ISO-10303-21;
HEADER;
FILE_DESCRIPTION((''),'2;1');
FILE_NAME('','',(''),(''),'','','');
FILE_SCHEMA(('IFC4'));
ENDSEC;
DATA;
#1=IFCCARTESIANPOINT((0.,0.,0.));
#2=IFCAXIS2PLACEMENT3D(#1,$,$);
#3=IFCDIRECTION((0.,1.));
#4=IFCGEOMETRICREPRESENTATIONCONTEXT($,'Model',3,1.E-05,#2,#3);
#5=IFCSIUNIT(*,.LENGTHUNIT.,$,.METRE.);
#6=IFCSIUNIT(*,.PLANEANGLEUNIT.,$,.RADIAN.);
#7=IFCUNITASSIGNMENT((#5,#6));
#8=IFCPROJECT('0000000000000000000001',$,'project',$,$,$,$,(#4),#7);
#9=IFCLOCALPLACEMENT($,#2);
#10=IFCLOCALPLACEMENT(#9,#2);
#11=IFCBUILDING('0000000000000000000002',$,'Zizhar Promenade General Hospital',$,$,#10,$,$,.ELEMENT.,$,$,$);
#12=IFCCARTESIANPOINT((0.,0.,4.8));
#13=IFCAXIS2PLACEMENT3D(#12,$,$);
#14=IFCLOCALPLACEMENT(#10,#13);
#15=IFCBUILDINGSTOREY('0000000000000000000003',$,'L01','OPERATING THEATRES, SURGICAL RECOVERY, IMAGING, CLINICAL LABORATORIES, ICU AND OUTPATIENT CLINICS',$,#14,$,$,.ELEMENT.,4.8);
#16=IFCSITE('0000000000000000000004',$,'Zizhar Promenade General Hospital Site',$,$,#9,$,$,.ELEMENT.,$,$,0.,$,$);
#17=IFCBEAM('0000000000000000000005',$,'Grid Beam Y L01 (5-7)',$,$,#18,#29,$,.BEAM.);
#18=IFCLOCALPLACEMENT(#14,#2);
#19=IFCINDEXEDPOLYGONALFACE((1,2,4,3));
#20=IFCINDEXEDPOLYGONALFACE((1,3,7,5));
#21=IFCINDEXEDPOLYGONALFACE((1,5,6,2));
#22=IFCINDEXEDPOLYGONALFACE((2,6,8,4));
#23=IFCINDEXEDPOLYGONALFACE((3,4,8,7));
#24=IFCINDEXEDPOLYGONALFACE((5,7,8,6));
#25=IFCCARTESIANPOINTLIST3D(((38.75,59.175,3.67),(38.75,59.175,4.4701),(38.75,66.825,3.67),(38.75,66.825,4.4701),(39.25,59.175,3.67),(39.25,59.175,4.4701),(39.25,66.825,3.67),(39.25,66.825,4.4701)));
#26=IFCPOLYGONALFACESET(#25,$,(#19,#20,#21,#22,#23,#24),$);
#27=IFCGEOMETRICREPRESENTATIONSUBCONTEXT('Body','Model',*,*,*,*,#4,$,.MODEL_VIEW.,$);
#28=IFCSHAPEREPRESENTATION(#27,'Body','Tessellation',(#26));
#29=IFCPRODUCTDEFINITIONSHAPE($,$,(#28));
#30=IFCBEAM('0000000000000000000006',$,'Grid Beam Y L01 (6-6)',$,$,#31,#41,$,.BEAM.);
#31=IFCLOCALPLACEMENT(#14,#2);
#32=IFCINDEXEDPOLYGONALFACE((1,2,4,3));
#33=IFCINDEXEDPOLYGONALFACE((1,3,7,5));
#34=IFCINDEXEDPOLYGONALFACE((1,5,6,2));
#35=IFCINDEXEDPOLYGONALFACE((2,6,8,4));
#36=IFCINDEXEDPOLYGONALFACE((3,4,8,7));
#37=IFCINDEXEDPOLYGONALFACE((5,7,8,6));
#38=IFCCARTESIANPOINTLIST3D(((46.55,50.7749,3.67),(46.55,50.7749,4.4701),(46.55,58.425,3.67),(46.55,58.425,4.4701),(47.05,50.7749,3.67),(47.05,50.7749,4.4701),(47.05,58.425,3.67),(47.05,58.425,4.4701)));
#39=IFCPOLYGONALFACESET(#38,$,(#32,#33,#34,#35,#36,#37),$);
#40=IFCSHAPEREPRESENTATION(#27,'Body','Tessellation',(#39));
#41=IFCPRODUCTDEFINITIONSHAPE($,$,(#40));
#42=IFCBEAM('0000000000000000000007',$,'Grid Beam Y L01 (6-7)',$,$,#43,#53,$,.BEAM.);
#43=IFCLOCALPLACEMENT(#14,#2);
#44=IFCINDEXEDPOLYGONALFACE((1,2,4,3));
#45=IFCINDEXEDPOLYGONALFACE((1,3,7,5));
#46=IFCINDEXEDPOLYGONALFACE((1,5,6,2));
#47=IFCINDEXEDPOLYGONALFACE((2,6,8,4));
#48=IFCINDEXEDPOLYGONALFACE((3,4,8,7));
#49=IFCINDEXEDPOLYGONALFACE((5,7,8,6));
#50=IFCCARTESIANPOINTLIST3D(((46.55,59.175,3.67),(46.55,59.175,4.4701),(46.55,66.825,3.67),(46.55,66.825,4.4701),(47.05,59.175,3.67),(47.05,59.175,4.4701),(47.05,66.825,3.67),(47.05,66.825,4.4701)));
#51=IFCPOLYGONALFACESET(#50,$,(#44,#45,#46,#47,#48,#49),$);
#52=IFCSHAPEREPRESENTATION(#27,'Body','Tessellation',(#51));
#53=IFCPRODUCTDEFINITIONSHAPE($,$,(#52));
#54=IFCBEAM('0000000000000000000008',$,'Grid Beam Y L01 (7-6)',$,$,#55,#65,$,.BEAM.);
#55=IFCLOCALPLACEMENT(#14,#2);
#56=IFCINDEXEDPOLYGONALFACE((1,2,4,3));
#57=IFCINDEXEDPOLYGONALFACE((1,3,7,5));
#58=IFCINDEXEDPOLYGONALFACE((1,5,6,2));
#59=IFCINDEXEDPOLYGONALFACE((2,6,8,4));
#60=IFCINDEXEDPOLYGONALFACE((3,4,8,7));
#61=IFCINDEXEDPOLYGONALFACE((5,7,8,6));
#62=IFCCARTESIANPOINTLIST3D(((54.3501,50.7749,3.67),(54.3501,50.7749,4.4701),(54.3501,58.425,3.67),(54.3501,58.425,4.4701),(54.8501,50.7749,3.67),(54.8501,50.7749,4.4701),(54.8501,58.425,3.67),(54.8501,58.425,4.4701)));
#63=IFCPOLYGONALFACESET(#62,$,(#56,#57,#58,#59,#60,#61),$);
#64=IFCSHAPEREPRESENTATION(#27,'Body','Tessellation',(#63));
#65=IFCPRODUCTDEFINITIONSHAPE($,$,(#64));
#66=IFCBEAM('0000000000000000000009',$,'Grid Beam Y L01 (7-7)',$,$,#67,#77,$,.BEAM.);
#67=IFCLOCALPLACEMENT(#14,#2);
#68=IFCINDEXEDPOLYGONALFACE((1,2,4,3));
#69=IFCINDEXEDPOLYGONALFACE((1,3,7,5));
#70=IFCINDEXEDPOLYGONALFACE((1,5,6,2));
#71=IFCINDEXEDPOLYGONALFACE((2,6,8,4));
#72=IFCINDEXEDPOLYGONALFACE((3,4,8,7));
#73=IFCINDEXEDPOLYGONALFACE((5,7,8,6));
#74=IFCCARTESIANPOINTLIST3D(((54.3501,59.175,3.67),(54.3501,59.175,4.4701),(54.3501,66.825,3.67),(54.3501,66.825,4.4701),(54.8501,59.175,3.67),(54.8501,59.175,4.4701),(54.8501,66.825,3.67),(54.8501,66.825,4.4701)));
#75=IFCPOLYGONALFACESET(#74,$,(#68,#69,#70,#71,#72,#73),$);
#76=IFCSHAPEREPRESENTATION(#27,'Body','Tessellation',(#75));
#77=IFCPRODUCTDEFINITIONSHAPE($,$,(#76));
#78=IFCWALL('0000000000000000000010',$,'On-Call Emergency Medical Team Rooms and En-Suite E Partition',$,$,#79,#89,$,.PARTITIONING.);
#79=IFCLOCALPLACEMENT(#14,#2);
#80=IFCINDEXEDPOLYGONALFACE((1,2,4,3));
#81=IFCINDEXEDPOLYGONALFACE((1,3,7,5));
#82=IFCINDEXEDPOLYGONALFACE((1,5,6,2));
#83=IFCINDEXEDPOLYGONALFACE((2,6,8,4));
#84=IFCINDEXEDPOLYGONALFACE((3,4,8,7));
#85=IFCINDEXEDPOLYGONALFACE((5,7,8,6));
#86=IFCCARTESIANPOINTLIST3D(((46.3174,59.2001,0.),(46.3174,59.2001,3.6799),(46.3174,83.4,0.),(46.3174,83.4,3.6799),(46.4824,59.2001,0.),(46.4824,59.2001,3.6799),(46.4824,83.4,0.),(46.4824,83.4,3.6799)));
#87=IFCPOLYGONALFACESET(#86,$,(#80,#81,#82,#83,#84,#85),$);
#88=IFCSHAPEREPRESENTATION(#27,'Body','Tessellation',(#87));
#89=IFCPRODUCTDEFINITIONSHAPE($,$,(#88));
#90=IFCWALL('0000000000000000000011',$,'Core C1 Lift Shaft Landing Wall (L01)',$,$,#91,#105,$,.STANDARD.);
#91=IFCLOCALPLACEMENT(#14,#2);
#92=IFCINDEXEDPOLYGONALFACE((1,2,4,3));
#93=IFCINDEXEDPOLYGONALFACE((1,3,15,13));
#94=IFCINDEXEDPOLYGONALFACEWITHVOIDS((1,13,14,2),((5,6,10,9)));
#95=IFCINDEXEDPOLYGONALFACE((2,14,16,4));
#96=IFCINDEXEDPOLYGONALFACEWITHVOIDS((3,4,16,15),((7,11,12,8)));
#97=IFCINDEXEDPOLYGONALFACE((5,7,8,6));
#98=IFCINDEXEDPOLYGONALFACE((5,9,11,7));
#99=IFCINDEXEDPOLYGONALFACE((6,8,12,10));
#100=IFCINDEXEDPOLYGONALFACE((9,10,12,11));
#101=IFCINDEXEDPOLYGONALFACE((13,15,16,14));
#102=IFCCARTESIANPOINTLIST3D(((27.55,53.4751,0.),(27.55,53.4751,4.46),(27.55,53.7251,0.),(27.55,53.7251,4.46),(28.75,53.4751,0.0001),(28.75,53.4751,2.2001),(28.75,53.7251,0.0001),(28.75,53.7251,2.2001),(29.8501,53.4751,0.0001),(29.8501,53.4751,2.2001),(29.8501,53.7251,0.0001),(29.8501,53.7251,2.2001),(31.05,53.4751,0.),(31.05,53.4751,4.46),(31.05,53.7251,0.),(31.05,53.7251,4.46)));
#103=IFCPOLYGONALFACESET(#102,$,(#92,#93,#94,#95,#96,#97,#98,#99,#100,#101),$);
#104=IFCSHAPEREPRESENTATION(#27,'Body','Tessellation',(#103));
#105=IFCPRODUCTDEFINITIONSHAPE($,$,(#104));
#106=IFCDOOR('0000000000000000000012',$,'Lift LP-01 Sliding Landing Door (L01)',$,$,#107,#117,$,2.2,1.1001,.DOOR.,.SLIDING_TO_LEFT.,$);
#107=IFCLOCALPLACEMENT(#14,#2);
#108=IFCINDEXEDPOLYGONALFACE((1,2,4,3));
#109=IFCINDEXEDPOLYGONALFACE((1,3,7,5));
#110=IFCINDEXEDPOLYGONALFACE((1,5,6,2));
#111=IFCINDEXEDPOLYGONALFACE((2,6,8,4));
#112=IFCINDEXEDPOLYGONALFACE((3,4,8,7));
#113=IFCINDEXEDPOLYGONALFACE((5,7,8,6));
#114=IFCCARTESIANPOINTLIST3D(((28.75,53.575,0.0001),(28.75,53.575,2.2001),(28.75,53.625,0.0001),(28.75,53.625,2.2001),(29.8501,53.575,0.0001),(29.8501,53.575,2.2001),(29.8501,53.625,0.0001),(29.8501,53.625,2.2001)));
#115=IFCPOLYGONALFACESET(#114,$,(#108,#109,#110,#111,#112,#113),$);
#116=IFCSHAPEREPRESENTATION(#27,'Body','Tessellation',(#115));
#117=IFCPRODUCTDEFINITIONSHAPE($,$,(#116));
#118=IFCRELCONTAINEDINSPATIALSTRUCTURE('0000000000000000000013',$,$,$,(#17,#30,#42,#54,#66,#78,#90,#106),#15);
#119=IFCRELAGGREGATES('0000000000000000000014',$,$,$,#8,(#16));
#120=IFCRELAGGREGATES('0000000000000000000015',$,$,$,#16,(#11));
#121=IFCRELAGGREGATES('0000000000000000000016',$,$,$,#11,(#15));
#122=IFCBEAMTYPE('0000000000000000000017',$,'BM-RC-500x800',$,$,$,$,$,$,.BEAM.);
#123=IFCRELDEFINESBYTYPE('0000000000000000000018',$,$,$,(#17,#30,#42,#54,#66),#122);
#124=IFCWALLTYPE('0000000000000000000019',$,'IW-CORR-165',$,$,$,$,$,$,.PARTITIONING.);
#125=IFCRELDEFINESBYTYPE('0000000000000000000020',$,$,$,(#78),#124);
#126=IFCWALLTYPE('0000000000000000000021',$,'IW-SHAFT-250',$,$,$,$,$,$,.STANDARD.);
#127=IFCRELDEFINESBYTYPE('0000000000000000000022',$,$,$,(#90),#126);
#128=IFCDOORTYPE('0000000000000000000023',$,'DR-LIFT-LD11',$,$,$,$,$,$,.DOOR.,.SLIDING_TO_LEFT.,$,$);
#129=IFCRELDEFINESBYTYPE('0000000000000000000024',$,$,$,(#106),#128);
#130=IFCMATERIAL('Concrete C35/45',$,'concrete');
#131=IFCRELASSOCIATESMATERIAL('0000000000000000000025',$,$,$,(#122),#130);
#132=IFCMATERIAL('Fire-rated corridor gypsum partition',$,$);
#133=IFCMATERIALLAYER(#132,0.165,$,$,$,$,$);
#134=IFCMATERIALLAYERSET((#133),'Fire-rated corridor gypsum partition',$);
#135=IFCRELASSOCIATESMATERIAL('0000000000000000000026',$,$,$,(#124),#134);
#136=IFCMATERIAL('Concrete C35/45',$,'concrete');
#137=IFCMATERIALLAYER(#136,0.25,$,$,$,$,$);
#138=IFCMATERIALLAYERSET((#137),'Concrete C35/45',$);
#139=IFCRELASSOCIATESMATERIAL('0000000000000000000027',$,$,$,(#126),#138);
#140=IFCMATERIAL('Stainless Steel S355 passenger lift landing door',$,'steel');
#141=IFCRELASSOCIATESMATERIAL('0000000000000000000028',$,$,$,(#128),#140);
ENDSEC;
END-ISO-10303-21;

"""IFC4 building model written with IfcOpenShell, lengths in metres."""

from ifc_helpers import new_model, si_unit, direction, frame, frame_2d, origin, origin_2d, place, context, subcontext, project, spatial, rectangle, extrude, material, layer, layer_set, material_profile, profile_set, type_object, element, fill, save


model = new_model("IFC4")

# Units and contexts
model_context = context("Model", 3, precision=1e-05, world=origin(), true_north=direction((0.0, 1.0)))
body_context = subcontext(model_context, "Body", "Model", "MODEL_VIEW")
ifc_project = project(units=[si_unit("LENGTHUNIT", "METRE"), si_unit("PLANEANGLEUNIT", "RADIAN")], contexts=[model_context])

# Site, building, storey
site_placement = place(None, origin())
site = spatial("IfcSite", under=ifc_project, at=site_placement, Name="Zizhar Promenade General Hospital Site", CompositionType="ELEMENT", RefElevation=0.0)
building_placement = place(site_placement, origin())
building = spatial("IfcBuilding", under=site, at=building_placement, Name="Zizhar Promenade General Hospital", CompositionType="ELEMENT")
storey_placement = place(building_placement, frame((0.0, 0.0, 4.8)))
storey = spatial("IfcBuildingStorey", under=building, at=storey_placement, Name="L01", Description="OPERATING THEATRES, SURGICAL RECOVERY, IMAGING, CLINICAL LABORATORIES, ICU AND OUTPATIENT CLINICS", CompositionType="ELEMENT", Elevation=4.8)

# Beams
ifc_material_1 = material(Name="Concrete C35/45", Category="concrete")
ifc_material_profile_1 = material_profile(ifc_material_1, rectangle(XDim=0.5, YDim=0.8, at=origin_2d()))
ifc_profile_set_1 = profile_set([ifc_material_profile_1], Name="Concrete C35/45")
beam_type_1 = type_object("IfcBeamType", Name="BM-RC-500x800", PredefinedType="BEAM", material=ifc_profile_set_1)
beam_1_placement = place(storey_placement, frame((39.0, 59.175, 4.0701), z_axis=(0.0, 1.0, 0.0), x_axis=(-1.0, 0.0, 0.0)))
element("IfcBeam", 1, at=beam_1_placement, inside=storey, type_object=beam_type_1, Name="Grid Beam Y L01 (5-7)", PredefinedType="BEAM", context=body_context, shape_type="SweptSolid", body=[
    extrude(rectangle(XDim=0.5, YDim=0.8, at=origin_2d()), origin(), (0.0, 0.0, 1.0), 7.6499),
])
beam_2_placement = place(storey_placement, frame((46.8, 50.7749, 4.0701), z_axis=(0.0, 1.0, 0.0), x_axis=(-1.0, 0.0, 0.0)))
element("IfcBeam", 2, at=beam_2_placement, inside=storey, type_object=beam_type_1, Name="Grid Beam Y L01 (6-6)", PredefinedType="BEAM", context=body_context, shape_type="SweptSolid", body=[
    extrude(rectangle(XDim=0.5, YDim=0.8, at=origin_2d()), origin(), (0.0, 0.0, 1.0), 7.6501),
])
beam_3_placement = place(storey_placement, frame((46.8, 59.175, 4.0701), z_axis=(0.0, 1.0, 0.0), x_axis=(-1.0, 0.0, 0.0)))
element("IfcBeam", 3, at=beam_3_placement, inside=storey, type_object=beam_type_1, Name="Grid Beam Y L01 (6-7)", PredefinedType="BEAM", context=body_context, shape_type="SweptSolid", body=[
    extrude(rectangle(XDim=0.5, YDim=0.8, at=origin_2d()), origin(), (0.0, 0.0, 1.0), 7.6499),
])
beam_4_placement = place(storey_placement, frame((54.6001, 50.7749, 4.0701), z_axis=(0.0, 1.0, 0.0), x_axis=(-1.0, 0.0, 0.0)))
element("IfcBeam", 4, at=beam_4_placement, inside=storey, type_object=beam_type_1, Name="Grid Beam Y L01 (7-6)", PredefinedType="BEAM", context=body_context, shape_type="SweptSolid", body=[
    extrude(rectangle(XDim=0.5, YDim=0.8, at=origin_2d()), origin(), (0.0, 0.0, 1.0), 7.6501),
])
beam_5_placement = place(storey_placement, frame((54.6001, 59.175, 4.0701), z_axis=(0.0, 1.0, 0.0), x_axis=(-1.0, 0.0, 0.0)))
element("IfcBeam", 5, at=beam_5_placement, inside=storey, type_object=beam_type_1, Name="Grid Beam Y L01 (7-7)", PredefinedType="BEAM", context=body_context, shape_type="SweptSolid", body=[
    extrude(rectangle(XDim=0.5, YDim=0.8, at=origin_2d()), origin(), (0.0, 0.0, 1.0), 7.6499),
])

# Wall
ifc_material_2 = material(Name="Fire-rated corridor gypsum partition")
ifc_layer_1 = layer(ifc_material_2, 0.165)
ifc_layer_set_1 = layer_set([ifc_layer_1], Name="Fire-rated corridor gypsum partition")
wall_type_1 = type_object("IfcWallType", Name="IW-CORR-165", PredefinedType="PARTITIONING", material=ifc_layer_set_1)
wall_1_placement = place(storey_placement, frame((46.3999, 59.2, 0.0), z_axis=(0.0, 0.0, 1.0), x_axis=(0.0, 1.0, 0.0)))
element("IfcWall", 6, at=wall_1_placement, inside=storey, type_object=wall_type_1, Name="On-Call Emergency Medical Team Rooms and En-Suite E Partition", PredefinedType="PARTITIONING", context=body_context, shape_type="SweptSolid", body=[
    extrude(rectangle(XDim=24.2, YDim=0.165, at=frame_2d((12.1001, 0.0))), origin(), (0.0, 0.0, 1.0), 3.6799),
])

# Wall, opening, door
ifc_material_3 = material(Name="Concrete C35/45", Category="concrete")
ifc_layer_2 = layer(ifc_material_3, 0.25)
ifc_layer_set_2 = layer_set([ifc_layer_2], Name="Concrete C35/45")
wall_type_2 = type_object("IfcWallType", Name="IW-SHAFT-250", PredefinedType="STANDARD", material=ifc_layer_set_2)
wall_2_placement = place(storey_placement, frame((27.55, 53.6001, 0.0), z_axis=(0.0, 0.0, 1.0), x_axis=(1.0, 0.0, 0.0)))
wall_2 = element("IfcWall", 7, at=wall_2_placement, inside=storey, type_object=wall_type_2, Name="Core C1 Lift Shaft Landing Wall (L01)", PredefinedType="STANDARD", context=body_context, shape_type="SweptSolid", body=[
    extrude(rectangle(XDim=3.5, YDim=0.25, at=frame_2d((1.75, 0.0))), origin(), (0.0, 0.0, 1.0), 4.46),
])
opening_placement = place(wall_2_placement, frame((1.2, 0.0, 0.0)))
opening = element("IfcOpeningElement", 8, at=opening_placement, cuts=wall_2, PredefinedType="OPENING", context=body_context, shape_type="SweptSolid", body=[
    extrude(rectangle(XDim=1.1001, YDim=2.2, at=frame_2d((0.55, 1.1001))), frame((0.0, 0.135, 0.0), z_axis=(0.0, -1.0, 0.0), x_axis=(1.0, 0.0, 0.0)), (0.0, 0.0, 1.0), 0.27),
])
ifc_material_4 = material(Name="Stainless Steel S355 passenger lift landing door", Category="steel")
door_type = type_object("IfcDoorType", Name="DR-LIFT-LD11", OperationType="SLIDING_TO_LEFT", PredefinedType="DOOR", material=ifc_material_4)
door_placement = place(opening_placement, origin())
door = element("IfcDoor", 9, at=door_placement, inside=storey, type_object=door_type, Name="Lift LP-01 Sliding Landing Door (L01)", OperationType="SLIDING_TO_LEFT", OverallHeight=2.2, OverallWidth=1.1001, PredefinedType="DOOR", context=body_context, shape_type="SweptSolid", body=[
    extrude(rectangle(XDim=1.1001, YDim=2.2, at=frame_2d((0.55, 1.1001))), frame((0.0, 0.0249, 0.0), z_axis=(0.0, -1.0, 0.0), x_axis=(1.0, 0.0, 0.0)), (0.0, 0.0, 1.0), 0.05),
])
fill(opening, door)

save(model, "model.ifc")
